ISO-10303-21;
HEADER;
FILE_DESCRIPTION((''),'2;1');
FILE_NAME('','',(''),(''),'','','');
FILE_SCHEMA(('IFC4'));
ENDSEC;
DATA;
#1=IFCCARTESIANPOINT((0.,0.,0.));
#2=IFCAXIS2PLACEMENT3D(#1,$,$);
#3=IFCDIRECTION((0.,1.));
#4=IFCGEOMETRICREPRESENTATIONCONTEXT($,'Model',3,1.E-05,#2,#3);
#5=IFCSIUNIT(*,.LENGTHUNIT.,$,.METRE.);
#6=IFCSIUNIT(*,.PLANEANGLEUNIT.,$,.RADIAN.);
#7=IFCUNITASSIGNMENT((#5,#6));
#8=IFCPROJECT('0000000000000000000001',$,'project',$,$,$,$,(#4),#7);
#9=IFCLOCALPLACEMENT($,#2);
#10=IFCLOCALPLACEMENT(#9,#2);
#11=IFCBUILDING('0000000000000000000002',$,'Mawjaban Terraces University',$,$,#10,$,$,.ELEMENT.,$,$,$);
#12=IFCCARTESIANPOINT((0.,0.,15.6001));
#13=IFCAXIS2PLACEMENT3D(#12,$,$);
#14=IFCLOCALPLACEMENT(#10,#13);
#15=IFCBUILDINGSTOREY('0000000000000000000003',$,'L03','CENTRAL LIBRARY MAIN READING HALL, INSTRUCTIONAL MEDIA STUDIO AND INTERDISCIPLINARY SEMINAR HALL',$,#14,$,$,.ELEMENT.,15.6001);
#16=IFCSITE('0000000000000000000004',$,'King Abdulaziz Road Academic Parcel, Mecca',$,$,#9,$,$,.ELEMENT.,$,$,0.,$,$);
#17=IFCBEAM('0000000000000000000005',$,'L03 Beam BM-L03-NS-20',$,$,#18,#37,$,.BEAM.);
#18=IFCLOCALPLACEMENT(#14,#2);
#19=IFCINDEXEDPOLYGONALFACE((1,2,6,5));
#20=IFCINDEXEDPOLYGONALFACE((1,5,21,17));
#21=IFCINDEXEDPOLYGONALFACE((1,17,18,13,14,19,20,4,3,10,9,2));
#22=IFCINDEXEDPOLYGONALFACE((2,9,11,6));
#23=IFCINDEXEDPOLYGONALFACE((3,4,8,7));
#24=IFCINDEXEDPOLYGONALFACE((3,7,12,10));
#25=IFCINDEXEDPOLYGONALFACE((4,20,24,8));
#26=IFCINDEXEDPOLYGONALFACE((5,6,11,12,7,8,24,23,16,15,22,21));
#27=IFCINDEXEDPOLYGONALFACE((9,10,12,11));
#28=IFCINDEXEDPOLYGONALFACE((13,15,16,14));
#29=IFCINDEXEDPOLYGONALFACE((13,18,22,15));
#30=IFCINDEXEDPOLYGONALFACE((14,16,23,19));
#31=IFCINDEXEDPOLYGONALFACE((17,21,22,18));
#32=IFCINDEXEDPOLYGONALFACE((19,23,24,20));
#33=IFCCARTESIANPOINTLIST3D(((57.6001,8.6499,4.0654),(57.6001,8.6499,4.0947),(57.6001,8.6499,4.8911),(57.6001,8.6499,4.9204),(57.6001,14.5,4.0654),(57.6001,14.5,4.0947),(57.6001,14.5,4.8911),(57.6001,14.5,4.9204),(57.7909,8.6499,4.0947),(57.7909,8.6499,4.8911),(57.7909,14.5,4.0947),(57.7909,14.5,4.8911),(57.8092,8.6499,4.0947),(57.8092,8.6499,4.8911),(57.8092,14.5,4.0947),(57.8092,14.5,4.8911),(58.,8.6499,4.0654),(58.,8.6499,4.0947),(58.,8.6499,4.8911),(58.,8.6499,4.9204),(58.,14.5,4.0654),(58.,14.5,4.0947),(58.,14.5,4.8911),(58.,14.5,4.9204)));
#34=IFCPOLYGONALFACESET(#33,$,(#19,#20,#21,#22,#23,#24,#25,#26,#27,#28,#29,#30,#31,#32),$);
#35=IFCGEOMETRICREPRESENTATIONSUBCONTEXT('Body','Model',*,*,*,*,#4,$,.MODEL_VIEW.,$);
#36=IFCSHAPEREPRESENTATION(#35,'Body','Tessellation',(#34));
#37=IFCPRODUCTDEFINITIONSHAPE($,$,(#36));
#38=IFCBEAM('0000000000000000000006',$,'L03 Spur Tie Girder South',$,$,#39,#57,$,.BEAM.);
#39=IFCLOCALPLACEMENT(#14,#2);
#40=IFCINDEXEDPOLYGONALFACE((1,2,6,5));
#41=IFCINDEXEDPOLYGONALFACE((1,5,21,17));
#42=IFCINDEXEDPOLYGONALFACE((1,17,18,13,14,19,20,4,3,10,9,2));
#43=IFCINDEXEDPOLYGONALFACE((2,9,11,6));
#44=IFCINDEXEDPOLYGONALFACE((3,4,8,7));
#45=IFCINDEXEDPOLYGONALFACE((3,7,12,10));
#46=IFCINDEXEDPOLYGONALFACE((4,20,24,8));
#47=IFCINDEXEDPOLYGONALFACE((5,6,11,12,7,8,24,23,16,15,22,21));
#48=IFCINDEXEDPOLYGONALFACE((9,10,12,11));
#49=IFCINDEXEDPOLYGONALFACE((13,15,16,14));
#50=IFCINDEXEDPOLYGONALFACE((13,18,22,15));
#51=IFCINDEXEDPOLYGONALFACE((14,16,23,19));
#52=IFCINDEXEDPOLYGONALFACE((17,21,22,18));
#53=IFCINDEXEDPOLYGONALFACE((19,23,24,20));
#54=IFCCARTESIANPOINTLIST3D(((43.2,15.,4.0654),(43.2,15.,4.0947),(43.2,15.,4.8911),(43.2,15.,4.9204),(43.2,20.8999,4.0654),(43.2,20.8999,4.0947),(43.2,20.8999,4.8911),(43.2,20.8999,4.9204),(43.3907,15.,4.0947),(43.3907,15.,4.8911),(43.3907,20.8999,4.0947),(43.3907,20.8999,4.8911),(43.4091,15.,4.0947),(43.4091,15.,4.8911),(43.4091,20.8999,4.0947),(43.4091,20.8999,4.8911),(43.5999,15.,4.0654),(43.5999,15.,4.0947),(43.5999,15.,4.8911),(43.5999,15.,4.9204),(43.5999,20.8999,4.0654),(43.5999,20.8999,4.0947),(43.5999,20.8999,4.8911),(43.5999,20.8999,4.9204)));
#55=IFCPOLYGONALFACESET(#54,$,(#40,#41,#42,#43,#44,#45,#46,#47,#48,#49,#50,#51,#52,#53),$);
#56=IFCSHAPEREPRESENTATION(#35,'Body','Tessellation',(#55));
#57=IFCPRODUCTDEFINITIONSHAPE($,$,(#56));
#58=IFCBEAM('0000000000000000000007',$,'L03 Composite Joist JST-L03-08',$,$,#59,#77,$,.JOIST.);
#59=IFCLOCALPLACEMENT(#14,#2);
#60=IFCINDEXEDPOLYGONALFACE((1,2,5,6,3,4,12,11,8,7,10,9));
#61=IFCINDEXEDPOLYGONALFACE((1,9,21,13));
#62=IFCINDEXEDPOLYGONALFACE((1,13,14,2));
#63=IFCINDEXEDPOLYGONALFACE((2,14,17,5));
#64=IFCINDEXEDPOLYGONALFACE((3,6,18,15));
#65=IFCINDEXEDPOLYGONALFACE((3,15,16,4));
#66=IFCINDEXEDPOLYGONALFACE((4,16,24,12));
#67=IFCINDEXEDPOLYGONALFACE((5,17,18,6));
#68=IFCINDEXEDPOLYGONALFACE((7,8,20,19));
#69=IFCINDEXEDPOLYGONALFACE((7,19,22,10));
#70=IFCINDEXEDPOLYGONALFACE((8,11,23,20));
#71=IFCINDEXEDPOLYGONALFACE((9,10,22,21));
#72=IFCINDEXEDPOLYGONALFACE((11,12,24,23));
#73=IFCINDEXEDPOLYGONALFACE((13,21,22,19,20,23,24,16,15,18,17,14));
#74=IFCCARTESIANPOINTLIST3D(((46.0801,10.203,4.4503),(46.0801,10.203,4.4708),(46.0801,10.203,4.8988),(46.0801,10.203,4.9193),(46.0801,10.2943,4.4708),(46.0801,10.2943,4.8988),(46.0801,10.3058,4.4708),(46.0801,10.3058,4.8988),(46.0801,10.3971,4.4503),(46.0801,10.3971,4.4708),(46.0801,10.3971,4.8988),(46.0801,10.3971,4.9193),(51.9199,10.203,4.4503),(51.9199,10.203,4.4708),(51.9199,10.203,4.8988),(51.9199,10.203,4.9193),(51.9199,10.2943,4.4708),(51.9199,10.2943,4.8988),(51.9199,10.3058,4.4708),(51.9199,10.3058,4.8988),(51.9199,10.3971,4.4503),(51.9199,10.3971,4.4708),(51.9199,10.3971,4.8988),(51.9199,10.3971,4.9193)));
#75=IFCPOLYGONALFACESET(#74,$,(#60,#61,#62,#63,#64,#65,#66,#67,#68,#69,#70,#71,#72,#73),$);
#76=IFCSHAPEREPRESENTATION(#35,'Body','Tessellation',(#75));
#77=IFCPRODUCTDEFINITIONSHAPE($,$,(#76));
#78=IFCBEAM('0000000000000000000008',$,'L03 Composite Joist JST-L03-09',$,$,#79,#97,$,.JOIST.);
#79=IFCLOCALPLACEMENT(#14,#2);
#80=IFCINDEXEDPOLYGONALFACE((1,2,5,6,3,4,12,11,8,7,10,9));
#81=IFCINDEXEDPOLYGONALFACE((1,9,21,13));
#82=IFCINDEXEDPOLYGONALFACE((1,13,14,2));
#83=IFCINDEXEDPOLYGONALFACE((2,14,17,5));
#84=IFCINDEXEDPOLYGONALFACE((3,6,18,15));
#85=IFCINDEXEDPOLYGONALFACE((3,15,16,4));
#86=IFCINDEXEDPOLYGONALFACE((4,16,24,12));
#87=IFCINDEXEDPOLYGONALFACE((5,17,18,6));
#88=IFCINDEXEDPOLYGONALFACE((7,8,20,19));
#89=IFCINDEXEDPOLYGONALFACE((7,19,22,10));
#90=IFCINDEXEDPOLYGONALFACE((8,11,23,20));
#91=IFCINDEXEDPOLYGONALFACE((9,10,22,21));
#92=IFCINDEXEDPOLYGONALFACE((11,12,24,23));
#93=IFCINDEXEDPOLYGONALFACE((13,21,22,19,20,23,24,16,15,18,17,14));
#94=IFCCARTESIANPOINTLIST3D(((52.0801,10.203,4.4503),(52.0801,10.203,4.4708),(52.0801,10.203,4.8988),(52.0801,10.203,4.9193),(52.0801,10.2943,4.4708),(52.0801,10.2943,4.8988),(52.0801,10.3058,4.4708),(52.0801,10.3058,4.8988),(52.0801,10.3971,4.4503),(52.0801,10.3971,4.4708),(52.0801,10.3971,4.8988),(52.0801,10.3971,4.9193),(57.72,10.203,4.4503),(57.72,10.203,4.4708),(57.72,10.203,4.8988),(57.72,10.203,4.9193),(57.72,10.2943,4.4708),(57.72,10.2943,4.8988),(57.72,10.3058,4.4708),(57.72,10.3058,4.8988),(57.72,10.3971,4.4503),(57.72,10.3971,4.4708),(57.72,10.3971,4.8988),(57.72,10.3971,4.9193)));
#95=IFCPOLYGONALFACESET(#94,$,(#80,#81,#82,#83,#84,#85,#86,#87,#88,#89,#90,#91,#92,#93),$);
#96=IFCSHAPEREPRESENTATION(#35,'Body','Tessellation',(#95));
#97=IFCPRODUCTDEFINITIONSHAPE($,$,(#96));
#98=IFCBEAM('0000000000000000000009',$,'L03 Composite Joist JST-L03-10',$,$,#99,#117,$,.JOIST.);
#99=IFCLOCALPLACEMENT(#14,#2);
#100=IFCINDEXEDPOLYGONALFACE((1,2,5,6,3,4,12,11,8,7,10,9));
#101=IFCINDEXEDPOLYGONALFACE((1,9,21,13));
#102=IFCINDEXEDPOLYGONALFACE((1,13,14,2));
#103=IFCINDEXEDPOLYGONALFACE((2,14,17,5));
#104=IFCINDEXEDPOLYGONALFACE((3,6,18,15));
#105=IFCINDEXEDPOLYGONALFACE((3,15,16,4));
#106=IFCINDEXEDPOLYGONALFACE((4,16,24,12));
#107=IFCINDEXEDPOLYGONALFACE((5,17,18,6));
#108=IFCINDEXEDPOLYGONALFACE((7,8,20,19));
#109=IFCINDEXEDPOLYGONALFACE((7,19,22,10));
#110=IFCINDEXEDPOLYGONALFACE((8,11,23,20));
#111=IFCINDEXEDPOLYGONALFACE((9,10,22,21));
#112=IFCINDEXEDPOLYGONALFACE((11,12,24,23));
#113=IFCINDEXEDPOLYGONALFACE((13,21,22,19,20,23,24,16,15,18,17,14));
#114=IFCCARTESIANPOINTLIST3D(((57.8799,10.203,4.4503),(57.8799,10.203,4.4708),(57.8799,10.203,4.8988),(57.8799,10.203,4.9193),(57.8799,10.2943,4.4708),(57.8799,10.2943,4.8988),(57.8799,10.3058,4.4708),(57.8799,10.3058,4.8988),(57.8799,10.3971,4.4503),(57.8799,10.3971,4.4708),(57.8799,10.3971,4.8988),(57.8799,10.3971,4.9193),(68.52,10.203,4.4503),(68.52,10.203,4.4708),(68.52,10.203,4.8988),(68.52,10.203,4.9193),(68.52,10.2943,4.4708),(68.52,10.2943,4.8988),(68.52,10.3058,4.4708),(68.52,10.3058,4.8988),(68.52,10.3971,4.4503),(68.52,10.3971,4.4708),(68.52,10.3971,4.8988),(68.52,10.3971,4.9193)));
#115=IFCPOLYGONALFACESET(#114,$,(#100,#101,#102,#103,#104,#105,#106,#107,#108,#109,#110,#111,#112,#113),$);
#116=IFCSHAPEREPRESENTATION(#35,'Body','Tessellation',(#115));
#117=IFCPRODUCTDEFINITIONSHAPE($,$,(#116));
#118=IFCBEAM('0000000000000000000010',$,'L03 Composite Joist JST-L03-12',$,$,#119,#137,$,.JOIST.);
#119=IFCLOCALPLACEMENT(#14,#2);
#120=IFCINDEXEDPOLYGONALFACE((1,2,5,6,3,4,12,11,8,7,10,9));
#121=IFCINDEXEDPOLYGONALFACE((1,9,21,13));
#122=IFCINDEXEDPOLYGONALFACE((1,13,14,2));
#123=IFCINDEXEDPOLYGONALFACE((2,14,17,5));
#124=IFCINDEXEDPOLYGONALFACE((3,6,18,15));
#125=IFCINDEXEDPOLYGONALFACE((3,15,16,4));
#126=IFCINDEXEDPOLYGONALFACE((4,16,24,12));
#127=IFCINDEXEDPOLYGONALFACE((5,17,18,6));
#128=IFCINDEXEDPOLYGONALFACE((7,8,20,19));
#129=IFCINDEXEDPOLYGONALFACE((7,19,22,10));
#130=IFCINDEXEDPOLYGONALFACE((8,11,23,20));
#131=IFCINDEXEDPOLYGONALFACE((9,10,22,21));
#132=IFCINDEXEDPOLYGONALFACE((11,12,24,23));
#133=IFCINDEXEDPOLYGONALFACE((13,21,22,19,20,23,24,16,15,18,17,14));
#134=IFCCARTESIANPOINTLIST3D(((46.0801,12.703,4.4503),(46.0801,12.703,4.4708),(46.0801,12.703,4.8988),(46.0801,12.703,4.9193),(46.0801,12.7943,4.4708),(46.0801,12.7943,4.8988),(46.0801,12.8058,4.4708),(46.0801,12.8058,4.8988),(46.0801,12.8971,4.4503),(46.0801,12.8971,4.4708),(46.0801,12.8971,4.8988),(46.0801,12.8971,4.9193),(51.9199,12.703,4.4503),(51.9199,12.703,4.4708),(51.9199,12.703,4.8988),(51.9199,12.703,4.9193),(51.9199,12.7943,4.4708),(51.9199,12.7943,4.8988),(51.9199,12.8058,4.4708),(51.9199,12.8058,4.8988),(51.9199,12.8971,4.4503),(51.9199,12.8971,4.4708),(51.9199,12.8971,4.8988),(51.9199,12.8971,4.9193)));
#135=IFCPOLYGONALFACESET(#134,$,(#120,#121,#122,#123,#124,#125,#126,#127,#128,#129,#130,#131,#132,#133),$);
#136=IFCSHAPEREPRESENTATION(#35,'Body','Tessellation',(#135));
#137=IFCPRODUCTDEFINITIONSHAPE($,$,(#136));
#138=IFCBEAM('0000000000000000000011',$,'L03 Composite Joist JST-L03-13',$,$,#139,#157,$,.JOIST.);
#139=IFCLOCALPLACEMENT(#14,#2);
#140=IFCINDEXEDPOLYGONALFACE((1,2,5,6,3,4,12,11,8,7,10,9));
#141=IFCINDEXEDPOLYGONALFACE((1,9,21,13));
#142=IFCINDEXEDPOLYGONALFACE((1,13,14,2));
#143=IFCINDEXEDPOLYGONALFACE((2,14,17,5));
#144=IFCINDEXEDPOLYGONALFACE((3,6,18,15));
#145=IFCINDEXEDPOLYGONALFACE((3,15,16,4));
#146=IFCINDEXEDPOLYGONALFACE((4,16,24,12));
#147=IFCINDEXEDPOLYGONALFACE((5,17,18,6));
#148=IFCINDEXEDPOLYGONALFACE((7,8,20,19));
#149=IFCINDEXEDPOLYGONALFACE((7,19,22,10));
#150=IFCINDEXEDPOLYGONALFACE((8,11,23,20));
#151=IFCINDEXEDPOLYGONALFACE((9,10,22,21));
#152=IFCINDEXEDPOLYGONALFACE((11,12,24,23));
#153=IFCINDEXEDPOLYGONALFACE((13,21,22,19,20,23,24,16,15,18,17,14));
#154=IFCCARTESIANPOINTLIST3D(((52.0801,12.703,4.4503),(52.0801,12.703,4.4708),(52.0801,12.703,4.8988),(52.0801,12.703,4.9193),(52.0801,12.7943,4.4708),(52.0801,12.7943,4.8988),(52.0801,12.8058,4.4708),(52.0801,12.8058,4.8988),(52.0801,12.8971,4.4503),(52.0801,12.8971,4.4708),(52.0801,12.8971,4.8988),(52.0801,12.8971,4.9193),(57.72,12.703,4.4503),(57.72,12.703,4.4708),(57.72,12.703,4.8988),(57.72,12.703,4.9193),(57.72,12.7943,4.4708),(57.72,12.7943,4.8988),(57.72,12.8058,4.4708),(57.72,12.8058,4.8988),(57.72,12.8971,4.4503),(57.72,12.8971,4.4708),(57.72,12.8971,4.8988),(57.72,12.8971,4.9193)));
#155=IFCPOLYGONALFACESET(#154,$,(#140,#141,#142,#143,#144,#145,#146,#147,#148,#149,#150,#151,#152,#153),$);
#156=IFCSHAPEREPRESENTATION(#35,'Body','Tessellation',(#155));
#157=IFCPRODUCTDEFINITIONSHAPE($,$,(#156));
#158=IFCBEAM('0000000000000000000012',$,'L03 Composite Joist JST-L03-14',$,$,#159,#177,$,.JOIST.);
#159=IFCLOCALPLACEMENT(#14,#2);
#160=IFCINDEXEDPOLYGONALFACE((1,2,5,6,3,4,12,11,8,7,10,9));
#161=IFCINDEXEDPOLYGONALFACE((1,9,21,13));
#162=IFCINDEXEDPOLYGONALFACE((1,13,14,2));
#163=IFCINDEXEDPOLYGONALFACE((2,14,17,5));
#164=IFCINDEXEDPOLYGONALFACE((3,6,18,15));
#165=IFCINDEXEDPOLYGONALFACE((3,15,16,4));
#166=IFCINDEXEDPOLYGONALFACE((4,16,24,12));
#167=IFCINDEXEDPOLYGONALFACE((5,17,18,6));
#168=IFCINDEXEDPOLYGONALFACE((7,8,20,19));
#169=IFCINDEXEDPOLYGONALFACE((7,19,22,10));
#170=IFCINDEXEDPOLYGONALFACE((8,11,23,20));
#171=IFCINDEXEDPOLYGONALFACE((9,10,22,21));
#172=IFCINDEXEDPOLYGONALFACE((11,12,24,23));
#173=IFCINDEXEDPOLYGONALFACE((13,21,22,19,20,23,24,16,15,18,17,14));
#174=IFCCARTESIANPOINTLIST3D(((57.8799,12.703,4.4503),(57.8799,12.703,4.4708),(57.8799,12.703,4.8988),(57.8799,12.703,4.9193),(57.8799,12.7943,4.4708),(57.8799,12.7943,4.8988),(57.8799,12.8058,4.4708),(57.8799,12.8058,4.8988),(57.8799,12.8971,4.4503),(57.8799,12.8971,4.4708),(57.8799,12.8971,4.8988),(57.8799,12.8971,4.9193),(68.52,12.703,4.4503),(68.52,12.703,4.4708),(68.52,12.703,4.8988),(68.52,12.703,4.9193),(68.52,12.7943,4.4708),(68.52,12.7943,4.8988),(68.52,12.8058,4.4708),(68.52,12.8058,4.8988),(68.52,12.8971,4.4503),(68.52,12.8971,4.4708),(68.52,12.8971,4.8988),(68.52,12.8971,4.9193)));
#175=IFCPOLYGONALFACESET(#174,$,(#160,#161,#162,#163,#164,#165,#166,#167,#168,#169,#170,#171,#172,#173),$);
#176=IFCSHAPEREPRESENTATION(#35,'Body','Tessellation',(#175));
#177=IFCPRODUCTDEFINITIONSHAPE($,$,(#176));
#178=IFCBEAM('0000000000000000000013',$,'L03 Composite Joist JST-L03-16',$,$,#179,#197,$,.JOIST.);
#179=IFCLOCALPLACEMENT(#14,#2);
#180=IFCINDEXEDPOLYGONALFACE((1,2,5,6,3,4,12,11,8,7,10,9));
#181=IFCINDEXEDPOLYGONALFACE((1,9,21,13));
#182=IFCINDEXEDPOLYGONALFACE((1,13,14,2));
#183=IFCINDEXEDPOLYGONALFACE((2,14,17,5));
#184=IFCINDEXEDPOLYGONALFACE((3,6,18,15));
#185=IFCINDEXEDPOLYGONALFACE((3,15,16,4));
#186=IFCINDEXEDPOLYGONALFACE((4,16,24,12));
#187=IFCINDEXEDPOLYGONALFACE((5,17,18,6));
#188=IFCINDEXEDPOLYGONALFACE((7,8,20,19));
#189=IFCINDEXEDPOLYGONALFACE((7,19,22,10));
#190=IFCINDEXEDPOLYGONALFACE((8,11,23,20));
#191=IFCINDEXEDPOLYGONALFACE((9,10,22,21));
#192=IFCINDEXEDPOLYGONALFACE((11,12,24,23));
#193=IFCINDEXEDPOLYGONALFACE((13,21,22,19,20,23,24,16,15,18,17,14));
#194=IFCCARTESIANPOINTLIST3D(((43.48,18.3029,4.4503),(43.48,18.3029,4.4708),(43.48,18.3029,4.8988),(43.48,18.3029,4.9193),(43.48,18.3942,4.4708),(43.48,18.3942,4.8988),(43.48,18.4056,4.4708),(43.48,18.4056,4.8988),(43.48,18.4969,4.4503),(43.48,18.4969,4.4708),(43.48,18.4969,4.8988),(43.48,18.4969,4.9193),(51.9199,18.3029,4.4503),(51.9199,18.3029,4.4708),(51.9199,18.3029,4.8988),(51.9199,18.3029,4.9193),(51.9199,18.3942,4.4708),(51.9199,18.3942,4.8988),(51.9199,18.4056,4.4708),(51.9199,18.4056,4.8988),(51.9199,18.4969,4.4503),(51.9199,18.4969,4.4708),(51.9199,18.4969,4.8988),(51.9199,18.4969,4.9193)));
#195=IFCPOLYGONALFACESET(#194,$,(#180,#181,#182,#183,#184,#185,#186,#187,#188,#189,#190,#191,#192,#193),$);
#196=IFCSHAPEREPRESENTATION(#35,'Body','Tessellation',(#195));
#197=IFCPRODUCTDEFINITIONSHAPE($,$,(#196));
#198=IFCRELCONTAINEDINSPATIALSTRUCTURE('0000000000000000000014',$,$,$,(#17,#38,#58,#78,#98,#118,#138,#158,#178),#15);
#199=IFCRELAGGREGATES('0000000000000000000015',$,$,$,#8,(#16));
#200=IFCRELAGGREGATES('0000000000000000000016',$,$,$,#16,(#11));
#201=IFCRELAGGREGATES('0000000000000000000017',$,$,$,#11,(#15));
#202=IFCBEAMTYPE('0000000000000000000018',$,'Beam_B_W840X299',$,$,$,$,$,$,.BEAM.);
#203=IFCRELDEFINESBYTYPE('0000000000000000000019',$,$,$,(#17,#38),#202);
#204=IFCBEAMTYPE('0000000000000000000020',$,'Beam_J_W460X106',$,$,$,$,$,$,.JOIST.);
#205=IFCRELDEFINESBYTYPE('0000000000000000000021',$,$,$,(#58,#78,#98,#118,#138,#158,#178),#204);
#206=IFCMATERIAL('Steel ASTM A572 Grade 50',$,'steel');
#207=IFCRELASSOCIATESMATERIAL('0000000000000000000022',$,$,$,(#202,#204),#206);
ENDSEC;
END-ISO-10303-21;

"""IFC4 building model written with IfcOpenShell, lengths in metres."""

from ifc_helpers import new_model, si_unit, direction, frame, origin, origin_2d, place, context, subcontext, project, spatial, i_section, extrude, material, material_profile, profile_set, type_object, element, save


model = new_model("IFC4")

# Units and contexts
model_context = context("Model", 3, precision=1e-05, world=origin(), true_north=direction((0.0, 1.0)))
body_context = subcontext(model_context, "Body", "Model", "MODEL_VIEW")
ifc_project = project(units=[si_unit("LENGTHUNIT", "METRE"), si_unit("PLANEANGLEUNIT", "RADIAN")], contexts=[model_context])

# Site, building, storey
site_placement = place(None, origin())
site = spatial("IfcSite", under=ifc_project, at=site_placement, Name="King Abdulaziz Road Academic Parcel, Mecca", CompositionType="ELEMENT", RefElevation=0.0)
building_placement = place(site_placement, origin())
building = spatial("IfcBuilding", under=site, at=building_placement, Name="Mawjaban Terraces University", CompositionType="ELEMENT")
storey_placement = place(building_placement, frame((0.0, 0.0, 15.6001)))
storey = spatial("IfcBuildingStorey", under=building, at=storey_placement, Name="L03", Description="CENTRAL LIBRARY MAIN READING HALL, INSTRUCTIONAL MEDIA STUDIO AND INTERDISCIPLINARY SEMINAR HALL", CompositionType="ELEMENT", Elevation=15.6001)

# Beams
ifc_material_1 = material(Name="Steel ASTM A572 Grade 50", Category="steel")
ifc_material_profile_1 = material_profile(ifc_material_1, i_section(OverallWidth=0.3999, OverallDepth=0.855, WebThickness=0.0183, FlangeThickness=0.0293, at=origin_2d()), Name="W840X299")
ifc_profile_set_1 = profile_set([ifc_material_profile_1], Name="Steel ASTM A572 Grade 50")
beam_type_1 = type_object("IfcBeamType", Name="Beam_B_W840X299", PredefinedType="BEAM", material=ifc_profile_set_1)
beam_1_placement = place(storey_placement, frame((57.8, 8.6499, 4.4929), z_axis=(0.0, 1.0, 0.0), x_axis=(-1.0, 0.0, 0.0)))
element("IfcBeam", 1, at=beam_1_placement, inside=storey, type_object=beam_type_1, Name="L03 Beam BM-L03-NS-20", PredefinedType="BEAM", context=body_context, shape_type="SweptSolid", body=[
    extrude(i_section(OverallWidth=0.3999, OverallDepth=0.855, WebThickness=0.0183, FlangeThickness=0.0293, at=origin_2d()), origin(), (0.0, 0.0, 1.0), 5.8501),
])
beam_2_placement = place(storey_placement, frame((43.3999, 15.0, 4.4929), z_axis=(0.0, 1.0, 0.0), x_axis=(-1.0, 0.0, 0.0)))
element("IfcBeam", 2, at=beam_2_placement, inside=storey, type_object=beam_type_1, Name="L03 Spur Tie Girder South", PredefinedType="BEAM", context=body_context, shape_type="SweptSolid", body=[
    extrude(i_section(OverallWidth=0.3999, OverallDepth=0.855, WebThickness=0.0183, FlangeThickness=0.0293, at=origin_2d()), origin(), (0.0, 0.0, 1.0), 5.8999),
])
ifc_material_profile_2 = material_profile(ifc_material_1, i_section(OverallWidth=0.1941, OverallDepth=0.469, WebThickness=0.0115, FlangeThickness=0.0205, at=origin_2d()), Name="W460X106")
ifc_profile_set_2 = profile_set([ifc_material_profile_2], Name="Steel ASTM A572 Grade 50")
beam_type_2 = type_object("IfcBeamType", Name="Beam_J_W460X106", PredefinedType="JOIST", material=ifc_profile_set_2)
beam_3_placement = place(storey_placement, frame((46.0801, 10.3, 4.6848), z_axis=(1.0, 0.0, 0.0), x_axis=(0.0, 1.0, 0.0)))
element("IfcBeam", 3, at=beam_3_placement, inside=storey, type_object=beam_type_2, Name="L03 Composite Joist JST-L03-08", PredefinedType="JOIST", context=body_context, shape_type="SweptSolid", body=[
    extrude(i_section(OverallWidth=0.1941, OverallDepth=0.469, WebThickness=0.0115, FlangeThickness=0.0205, at=origin_2d()), origin(), (0.0, 0.0, 1.0), 5.8398),
])
beam_4_placement = place(storey_placement, frame((52.0801, 10.3, 4.6848), z_axis=(1.0, 0.0, 0.0), x_axis=(0.0, 1.0, 0.0)))
element("IfcBeam", 4, at=beam_4_placement, inside=storey, type_object=beam_type_2, Name="L03 Composite Joist JST-L03-09", PredefinedType="JOIST", context=body_context, shape_type="SweptSolid", body=[
    extrude(i_section(OverallWidth=0.1941, OverallDepth=0.469, WebThickness=0.0115, FlangeThickness=0.0205, at=origin_2d()), origin(), (0.0, 0.0, 1.0), 5.6399),
])
beam_5_placement = place(storey_placement, frame((57.8799, 10.3, 4.6848), z_axis=(1.0, 0.0, 0.0), x_axis=(0.0, 1.0, 0.0)))
element("IfcBeam", 5, at=beam_5_placement, inside=storey, type_object=beam_type_2, Name="L03 Composite Joist JST-L03-10", PredefinedType="JOIST", context=body_context, shape_type="SweptSolid", body=[
    extrude(i_section(OverallWidth=0.1941, OverallDepth=0.469, WebThickness=0.0115, FlangeThickness=0.0205, at=origin_2d()), origin(), (0.0, 0.0, 1.0), 10.6401),
])
beam_6_placement = place(storey_placement, frame((46.0801, 12.8, 4.6848), z_axis=(1.0, 0.0, 0.0), x_axis=(0.0, 1.0, 0.0)))
element("IfcBeam", 6, at=beam_6_placement, inside=storey, type_object=beam_type_2, Name="L03 Composite Joist JST-L03-12", PredefinedType="JOIST", context=body_context, shape_type="SweptSolid", body=[
    extrude(i_section(OverallWidth=0.1941, OverallDepth=0.469, WebThickness=0.0115, FlangeThickness=0.0205, at=origin_2d()), origin(), (0.0, 0.0, 1.0), 5.8398),
])
beam_7_placement = place(storey_placement, frame((52.0801, 12.8, 4.6848), z_axis=(1.0, 0.0, 0.0), x_axis=(0.0, 1.0, 0.0)))
element("IfcBeam", 7, at=beam_7_placement, inside=storey, type_object=beam_type_2, Name="L03 Composite Joist JST-L03-13", PredefinedType="JOIST", context=body_context, shape_type="SweptSolid", body=[
    extrude(i_section(OverallWidth=0.1941, OverallDepth=0.469, WebThickness=0.0115, FlangeThickness=0.0205, at=origin_2d()), origin(), (0.0, 0.0, 1.0), 5.6399),
])
beam_8_placement = place(storey_placement, frame((57.8799, 12.8, 4.6848), z_axis=(1.0, 0.0, 0.0), x_axis=(0.0, 1.0, 0.0)))
element("IfcBeam", 8, at=beam_8_placement, inside=storey, type_object=beam_type_2, Name="L03 Composite Joist JST-L03-14", PredefinedType="JOIST", context=body_context, shape_type="SweptSolid", body=[
    extrude(i_section(OverallWidth=0.1941, OverallDepth=0.469, WebThickness=0.0115, FlangeThickness=0.0205, at=origin_2d()), origin(), (0.0, 0.0, 1.0), 10.6401),
])
beam_9_placement = place(storey_placement, frame((43.48, 18.3999, 4.6848), z_axis=(1.0, 0.0, 0.0), x_axis=(0.0, 1.0, 0.0)))
element("IfcBeam", 9, at=beam_9_placement, inside=storey, type_object=beam_type_2, Name="L03 Composite Joist JST-L03-16", PredefinedType="JOIST", context=body_context, shape_type="SweptSolid", body=[
    extrude(i_section(OverallWidth=0.1941, OverallDepth=0.469, WebThickness=0.0115, FlangeThickness=0.0205, at=origin_2d()), origin(), (0.0, 0.0, 1.0), 8.4399),
])

save(model, "model.ifc")
